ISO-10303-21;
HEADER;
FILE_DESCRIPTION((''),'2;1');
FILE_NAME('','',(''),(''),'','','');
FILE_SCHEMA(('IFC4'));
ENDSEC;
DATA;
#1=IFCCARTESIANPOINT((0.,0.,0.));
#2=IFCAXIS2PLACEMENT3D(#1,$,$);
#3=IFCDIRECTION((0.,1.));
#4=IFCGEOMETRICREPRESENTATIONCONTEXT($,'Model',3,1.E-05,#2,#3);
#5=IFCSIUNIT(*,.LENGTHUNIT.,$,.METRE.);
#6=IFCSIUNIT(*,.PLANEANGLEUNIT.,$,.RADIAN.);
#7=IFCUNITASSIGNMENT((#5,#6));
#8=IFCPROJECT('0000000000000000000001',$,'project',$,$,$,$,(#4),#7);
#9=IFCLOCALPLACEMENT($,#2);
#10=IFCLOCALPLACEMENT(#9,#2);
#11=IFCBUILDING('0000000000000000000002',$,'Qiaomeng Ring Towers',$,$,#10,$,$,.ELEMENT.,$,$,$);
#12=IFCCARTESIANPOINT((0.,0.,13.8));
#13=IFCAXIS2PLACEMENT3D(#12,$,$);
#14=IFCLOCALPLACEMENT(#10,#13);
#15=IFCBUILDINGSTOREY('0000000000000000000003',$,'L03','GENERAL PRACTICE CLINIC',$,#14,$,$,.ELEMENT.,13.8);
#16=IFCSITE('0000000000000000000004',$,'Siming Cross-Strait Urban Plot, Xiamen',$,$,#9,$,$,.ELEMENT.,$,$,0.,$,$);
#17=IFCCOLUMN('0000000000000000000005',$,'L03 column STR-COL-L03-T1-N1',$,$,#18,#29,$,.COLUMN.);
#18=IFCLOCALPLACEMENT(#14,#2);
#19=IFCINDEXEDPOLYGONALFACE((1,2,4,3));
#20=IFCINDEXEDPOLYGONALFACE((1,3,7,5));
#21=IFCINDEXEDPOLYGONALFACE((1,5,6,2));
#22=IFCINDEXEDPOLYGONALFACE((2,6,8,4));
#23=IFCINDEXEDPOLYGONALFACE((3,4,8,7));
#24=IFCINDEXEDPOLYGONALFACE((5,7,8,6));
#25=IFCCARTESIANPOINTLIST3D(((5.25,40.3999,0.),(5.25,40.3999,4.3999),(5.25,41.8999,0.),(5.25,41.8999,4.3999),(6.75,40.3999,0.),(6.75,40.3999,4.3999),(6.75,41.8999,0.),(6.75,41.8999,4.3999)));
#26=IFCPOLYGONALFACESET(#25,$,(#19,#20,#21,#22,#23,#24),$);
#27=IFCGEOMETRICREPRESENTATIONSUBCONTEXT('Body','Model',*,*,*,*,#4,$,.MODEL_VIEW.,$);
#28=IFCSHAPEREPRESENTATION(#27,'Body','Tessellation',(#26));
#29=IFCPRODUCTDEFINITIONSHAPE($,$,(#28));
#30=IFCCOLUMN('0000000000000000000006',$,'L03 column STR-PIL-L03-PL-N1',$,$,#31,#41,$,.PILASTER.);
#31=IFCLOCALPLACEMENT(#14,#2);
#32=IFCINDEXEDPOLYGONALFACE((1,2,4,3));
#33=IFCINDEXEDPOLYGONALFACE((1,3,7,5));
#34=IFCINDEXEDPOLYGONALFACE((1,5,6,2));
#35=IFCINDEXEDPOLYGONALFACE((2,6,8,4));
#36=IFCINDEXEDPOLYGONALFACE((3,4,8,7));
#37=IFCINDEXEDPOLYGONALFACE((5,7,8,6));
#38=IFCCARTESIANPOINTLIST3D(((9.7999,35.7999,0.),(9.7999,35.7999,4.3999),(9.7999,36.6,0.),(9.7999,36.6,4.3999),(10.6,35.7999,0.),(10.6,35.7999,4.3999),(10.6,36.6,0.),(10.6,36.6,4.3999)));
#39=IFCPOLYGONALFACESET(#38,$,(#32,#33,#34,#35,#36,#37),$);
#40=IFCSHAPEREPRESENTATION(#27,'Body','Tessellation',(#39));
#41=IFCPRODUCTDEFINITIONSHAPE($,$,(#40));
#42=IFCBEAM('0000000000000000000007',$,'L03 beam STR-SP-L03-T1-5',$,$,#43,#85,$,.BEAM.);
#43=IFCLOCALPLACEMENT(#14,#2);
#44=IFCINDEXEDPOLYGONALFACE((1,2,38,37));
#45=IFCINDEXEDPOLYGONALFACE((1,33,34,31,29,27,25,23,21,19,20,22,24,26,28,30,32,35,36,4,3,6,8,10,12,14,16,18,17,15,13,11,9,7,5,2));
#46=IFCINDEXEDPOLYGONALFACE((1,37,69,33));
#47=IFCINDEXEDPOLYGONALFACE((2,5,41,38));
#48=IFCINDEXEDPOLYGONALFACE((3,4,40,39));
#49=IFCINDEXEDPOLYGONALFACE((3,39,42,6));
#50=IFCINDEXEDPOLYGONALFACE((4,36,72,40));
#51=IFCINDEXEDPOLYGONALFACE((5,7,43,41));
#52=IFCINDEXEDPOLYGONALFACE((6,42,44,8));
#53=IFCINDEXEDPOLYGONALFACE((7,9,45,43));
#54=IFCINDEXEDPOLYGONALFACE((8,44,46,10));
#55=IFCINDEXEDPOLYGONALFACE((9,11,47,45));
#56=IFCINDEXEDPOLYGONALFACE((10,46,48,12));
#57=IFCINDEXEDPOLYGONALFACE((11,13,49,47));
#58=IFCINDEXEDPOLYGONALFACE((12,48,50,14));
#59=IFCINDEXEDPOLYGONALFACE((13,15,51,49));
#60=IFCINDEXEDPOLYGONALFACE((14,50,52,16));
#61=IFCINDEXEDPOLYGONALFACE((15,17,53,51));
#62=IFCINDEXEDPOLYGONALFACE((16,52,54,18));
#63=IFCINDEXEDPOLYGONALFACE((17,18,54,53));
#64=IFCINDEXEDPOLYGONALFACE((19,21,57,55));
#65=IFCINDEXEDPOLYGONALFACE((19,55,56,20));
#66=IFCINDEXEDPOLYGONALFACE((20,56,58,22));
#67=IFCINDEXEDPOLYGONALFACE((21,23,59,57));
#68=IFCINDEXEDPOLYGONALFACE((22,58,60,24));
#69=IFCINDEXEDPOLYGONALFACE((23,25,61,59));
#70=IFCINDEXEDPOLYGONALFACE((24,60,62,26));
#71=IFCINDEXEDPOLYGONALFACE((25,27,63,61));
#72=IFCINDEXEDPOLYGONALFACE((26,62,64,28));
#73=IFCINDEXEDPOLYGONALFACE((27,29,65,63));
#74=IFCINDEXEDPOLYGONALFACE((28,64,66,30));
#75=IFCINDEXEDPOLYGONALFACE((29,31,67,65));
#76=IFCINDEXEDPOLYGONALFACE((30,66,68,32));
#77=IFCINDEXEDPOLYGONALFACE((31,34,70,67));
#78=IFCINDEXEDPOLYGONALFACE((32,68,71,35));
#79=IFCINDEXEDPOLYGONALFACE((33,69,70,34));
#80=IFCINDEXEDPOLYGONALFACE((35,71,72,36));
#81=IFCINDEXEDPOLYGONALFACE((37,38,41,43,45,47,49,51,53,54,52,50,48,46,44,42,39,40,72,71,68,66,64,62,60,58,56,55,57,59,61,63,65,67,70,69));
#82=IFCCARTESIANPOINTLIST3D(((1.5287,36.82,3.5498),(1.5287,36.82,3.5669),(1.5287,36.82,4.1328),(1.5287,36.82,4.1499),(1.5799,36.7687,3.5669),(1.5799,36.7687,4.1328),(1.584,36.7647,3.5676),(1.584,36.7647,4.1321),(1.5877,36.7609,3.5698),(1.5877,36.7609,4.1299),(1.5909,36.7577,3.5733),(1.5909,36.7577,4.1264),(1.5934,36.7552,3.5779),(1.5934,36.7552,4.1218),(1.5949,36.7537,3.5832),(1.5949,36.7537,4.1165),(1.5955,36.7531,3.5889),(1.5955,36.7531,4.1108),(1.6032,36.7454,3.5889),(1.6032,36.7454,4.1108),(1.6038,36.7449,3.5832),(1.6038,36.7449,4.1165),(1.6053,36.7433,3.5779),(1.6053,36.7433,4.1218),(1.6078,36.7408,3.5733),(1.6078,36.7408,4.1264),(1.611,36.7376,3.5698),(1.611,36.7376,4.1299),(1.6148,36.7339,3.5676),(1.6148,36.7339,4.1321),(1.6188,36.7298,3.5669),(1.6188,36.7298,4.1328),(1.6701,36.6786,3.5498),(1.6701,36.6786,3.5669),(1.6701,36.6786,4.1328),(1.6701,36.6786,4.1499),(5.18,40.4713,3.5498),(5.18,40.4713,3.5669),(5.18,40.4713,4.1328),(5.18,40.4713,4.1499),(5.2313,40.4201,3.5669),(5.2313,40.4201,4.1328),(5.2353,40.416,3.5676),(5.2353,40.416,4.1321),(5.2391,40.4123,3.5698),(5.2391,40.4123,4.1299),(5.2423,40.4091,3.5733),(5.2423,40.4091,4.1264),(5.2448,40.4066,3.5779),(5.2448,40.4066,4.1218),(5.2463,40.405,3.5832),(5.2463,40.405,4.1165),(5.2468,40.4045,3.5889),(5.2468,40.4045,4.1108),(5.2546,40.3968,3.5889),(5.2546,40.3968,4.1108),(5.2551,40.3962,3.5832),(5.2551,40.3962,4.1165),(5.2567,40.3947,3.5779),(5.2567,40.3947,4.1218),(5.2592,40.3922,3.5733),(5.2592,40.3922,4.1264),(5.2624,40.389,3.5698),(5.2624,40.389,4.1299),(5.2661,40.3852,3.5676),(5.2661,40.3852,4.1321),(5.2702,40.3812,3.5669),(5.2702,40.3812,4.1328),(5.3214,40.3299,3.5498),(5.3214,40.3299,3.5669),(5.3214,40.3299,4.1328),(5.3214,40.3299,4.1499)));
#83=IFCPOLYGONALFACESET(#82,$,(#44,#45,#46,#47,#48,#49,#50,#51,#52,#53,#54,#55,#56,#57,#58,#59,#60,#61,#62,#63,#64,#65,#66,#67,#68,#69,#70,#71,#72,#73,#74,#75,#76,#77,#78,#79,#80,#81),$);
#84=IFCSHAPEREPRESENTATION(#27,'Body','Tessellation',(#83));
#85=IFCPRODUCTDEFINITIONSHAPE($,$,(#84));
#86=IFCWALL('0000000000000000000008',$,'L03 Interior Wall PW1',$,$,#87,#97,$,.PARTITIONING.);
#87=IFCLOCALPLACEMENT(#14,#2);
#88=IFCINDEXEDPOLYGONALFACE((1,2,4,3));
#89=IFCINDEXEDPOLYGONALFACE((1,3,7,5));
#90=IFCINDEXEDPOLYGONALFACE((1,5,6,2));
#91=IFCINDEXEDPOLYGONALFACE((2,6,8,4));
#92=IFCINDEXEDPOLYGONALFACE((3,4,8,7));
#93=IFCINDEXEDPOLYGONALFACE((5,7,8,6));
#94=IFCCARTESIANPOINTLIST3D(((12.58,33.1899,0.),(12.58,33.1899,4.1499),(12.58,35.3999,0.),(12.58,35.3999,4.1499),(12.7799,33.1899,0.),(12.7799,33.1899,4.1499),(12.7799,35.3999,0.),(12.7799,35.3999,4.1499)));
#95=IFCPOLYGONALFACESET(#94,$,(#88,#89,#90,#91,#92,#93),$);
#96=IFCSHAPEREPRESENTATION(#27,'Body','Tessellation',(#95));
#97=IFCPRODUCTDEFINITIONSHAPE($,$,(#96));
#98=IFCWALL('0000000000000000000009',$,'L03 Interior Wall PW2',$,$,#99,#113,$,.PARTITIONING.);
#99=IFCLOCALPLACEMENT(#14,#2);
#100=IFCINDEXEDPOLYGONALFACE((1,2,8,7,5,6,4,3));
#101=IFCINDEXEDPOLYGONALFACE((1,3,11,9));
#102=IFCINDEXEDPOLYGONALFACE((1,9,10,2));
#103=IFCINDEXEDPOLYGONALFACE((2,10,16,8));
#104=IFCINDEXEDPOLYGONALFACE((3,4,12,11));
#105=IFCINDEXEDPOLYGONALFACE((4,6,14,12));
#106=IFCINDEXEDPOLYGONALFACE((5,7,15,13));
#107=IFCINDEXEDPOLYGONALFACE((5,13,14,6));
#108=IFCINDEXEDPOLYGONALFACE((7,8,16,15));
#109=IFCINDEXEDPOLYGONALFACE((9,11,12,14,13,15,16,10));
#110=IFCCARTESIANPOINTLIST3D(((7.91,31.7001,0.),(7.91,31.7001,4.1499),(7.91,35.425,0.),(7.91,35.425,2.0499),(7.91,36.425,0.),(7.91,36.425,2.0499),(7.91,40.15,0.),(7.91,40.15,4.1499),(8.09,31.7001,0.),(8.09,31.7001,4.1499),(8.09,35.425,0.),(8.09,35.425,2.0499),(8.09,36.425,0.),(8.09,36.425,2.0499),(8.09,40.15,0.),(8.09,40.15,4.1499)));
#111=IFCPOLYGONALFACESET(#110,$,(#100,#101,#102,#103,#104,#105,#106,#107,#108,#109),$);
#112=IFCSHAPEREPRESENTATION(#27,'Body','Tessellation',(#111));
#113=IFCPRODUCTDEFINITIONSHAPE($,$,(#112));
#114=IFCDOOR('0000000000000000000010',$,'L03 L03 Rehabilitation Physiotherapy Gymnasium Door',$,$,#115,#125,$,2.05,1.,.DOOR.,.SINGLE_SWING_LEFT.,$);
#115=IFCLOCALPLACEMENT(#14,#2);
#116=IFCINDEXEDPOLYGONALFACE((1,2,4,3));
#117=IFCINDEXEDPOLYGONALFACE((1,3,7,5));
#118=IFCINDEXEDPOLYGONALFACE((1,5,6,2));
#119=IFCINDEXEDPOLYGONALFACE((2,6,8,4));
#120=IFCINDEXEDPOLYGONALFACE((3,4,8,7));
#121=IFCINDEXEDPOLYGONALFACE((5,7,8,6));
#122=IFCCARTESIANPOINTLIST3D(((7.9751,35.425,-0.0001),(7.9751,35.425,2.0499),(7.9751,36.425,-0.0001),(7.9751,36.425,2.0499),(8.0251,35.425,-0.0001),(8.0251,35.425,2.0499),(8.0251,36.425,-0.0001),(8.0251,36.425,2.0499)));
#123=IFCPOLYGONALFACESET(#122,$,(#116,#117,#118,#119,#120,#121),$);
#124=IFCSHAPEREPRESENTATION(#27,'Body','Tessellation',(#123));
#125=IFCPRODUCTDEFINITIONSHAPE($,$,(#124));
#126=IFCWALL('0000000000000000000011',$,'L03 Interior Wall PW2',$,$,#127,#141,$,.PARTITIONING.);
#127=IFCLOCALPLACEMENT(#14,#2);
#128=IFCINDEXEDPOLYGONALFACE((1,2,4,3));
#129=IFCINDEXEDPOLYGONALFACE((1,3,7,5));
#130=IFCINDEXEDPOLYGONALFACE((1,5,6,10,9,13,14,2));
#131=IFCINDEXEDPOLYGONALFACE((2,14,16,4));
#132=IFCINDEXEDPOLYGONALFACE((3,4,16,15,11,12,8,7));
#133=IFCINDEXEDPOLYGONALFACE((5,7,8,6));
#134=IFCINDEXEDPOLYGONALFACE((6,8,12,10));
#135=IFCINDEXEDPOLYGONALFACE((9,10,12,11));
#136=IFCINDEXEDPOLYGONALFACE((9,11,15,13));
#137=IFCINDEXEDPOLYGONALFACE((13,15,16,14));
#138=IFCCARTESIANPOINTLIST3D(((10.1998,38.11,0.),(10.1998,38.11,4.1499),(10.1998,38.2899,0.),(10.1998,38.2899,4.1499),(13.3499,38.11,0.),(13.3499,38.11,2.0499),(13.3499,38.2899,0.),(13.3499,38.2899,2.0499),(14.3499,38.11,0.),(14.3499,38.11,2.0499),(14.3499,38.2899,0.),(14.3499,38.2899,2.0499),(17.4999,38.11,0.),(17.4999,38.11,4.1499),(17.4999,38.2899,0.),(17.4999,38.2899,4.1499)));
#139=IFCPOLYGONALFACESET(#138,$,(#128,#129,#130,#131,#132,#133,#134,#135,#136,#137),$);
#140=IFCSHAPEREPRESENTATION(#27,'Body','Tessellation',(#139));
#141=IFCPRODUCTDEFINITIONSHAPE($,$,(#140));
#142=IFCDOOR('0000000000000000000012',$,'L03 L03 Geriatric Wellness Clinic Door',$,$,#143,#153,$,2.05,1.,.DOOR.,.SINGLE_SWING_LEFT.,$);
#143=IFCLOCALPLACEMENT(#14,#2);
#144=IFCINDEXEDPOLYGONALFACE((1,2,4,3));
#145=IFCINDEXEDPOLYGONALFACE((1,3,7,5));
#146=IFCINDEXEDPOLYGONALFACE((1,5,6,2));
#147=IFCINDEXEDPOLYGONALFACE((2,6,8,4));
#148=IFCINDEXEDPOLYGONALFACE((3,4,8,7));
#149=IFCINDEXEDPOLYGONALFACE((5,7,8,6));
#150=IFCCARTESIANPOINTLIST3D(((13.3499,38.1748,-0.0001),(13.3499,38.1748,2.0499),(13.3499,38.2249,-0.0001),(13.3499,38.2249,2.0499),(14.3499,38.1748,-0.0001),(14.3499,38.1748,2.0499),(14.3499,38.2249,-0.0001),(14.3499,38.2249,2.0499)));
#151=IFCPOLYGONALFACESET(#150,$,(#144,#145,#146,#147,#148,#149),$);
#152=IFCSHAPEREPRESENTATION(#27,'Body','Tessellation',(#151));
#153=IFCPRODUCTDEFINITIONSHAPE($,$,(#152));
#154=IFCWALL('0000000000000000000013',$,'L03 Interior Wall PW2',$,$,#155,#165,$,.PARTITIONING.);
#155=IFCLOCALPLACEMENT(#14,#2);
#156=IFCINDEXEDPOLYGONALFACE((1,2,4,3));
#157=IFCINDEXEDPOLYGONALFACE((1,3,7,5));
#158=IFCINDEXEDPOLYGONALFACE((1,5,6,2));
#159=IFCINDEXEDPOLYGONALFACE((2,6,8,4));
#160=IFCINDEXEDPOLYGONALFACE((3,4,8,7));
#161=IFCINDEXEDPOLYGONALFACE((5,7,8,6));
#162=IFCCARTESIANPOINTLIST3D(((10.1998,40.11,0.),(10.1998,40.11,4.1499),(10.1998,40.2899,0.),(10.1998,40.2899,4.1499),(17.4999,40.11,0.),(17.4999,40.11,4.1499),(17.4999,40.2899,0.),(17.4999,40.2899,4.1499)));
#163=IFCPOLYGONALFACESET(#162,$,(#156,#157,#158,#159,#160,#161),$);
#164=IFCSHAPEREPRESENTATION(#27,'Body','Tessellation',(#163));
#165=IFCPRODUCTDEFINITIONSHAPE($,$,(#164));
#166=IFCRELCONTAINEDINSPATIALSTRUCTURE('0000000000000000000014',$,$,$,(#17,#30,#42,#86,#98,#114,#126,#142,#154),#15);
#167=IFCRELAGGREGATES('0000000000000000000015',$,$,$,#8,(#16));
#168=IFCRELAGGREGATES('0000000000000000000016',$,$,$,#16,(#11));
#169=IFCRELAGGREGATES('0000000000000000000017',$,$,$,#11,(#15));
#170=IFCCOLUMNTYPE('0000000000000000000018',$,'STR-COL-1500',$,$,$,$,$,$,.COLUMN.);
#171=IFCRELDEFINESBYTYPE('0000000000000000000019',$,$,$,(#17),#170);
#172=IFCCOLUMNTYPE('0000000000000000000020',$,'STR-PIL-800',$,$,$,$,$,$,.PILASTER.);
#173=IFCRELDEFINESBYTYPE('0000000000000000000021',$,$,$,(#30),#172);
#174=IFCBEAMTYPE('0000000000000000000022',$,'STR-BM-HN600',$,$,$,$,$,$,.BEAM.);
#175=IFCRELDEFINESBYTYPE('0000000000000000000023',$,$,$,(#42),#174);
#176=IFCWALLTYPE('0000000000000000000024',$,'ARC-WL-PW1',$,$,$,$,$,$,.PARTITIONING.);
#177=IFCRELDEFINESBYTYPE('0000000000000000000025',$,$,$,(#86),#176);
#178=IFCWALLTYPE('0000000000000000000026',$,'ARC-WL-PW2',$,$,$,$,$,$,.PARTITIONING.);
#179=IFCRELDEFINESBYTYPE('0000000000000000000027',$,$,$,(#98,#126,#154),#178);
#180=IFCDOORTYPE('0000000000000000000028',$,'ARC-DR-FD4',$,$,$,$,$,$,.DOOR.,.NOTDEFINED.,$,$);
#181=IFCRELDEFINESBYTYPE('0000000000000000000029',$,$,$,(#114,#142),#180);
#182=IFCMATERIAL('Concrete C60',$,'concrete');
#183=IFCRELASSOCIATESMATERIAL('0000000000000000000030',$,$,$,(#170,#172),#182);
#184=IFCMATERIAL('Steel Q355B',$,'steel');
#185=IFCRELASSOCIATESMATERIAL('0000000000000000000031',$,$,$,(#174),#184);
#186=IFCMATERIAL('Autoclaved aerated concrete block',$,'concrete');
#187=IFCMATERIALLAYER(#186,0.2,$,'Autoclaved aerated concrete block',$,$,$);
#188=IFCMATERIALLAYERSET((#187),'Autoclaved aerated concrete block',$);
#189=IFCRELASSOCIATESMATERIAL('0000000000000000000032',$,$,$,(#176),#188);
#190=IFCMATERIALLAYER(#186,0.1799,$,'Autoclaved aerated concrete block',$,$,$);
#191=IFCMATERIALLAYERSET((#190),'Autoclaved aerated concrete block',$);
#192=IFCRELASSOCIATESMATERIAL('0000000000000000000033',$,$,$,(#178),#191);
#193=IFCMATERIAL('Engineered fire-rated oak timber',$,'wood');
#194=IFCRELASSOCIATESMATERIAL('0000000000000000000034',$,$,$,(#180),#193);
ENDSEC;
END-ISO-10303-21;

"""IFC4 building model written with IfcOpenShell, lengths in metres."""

from ifc_helpers import new_model, si_unit, direction, frame, frame_2d, origin, origin_2d, place, context, subcontext, project, spatial, rectangle, i_section, extrude, source, transform, mapped, material, layer, layer_set, material_profile, profile_set, type_object, element, fill, save


model = new_model("IFC4")

# Units and contexts
model_context = context("Model", 3, precision=1e-05, world=origin(), true_north=direction((0.0, 1.0)))
body_context = subcontext(model_context, "Body", "Model", "MODEL_VIEW")
ifc_project = project(units=[si_unit("LENGTHUNIT", "METRE"), si_unit("PLANEANGLEUNIT", "RADIAN")], contexts=[model_context])

# Site, building, storey
site_placement = place(None, origin())
site = spatial("IfcSite", under=ifc_project, at=site_placement, Name="Siming Cross-Strait Urban Plot, Xiamen", CompositionType="ELEMENT", RefElevation=0.0)
building_placement = place(site_placement, origin())
building = spatial("IfcBuilding", under=site, at=building_placement, Name="Qiaomeng Ring Towers", CompositionType="ELEMENT")
storey_placement = place(building_placement, frame((0.0, 0.0, 13.8)))
storey = spatial("IfcBuildingStorey", under=building, at=storey_placement, Name="L03", Description="GENERAL PRACTICE CLINIC", CompositionType="ELEMENT", Elevation=13.8)

# Columns
ifc_material_1 = material(Name="Concrete C60", Category="concrete")
ifc_material_profile_1 = material_profile(ifc_material_1, rectangle(XDim=1.5, YDim=1.5, at=origin_2d()), Name="RC COL 1500x1500")
ifc_profile_set_1 = profile_set([ifc_material_profile_1], Name="Concrete C60")
column_type_1 = type_object("IfcColumnType", Name="STR-COL-1500", PredefinedType="COLUMN", material=ifc_profile_set_1)
shared_shape_1 = source(origin(), body_context, "Body", "SweptSolid", [
    extrude(rectangle(XDim=1.5, YDim=1.5, at=origin_2d()), origin(), (0.0, 0.0, 1.0), 4.3999),
])
column_1_placement = place(storey_placement, frame((6.0, 41.1499, 0.0), z_axis=(0.0, 0.0, 1.0), x_axis=(1.0, 0.0, 0.0)))
element("IfcColumn", 1, at=column_1_placement, inside=storey, type_object=column_type_1, Name="L03 column STR-COL-L03-T1-N1", PredefinedType="COLUMN", context=body_context, shape_type="MappedRepresentation", body=[
    mapped(shared_shape_1, transform((0.0, 0.0, 0.0), x_axis=(1.0, 0.0, 0.0), y_axis=(0.0, 1.0, 0.0), z_axis=(0.0, 0.0, 1.0), scale=1.0)),
])
ifc_material_profile_2 = material_profile(ifc_material_1, rectangle(XDim=0.8, YDim=0.8, at=origin_2d()), Name="RC COL 800x800")
ifc_profile_set_2 = profile_set([ifc_material_profile_2], Name="Concrete C60")
column_type_2 = type_object("IfcColumnType", Name="STR-PIL-800", PredefinedType="PILASTER", material=ifc_profile_set_2)
shared_shape_2 = source(origin(), body_context, "Body", "SweptSolid", [
    extrude(rectangle(XDim=0.8, YDim=0.8, at=origin_2d()), origin(), (0.0, 0.0, 1.0), 4.3999),
])
column_2_placement = place(storey_placement, frame((10.2, 36.2, 0.0), z_axis=(0.0, 0.0, 1.0), x_axis=(1.0, 0.0, 0.0)))
element("IfcColumn", 2, at=column_2_placement, inside=storey, type_object=column_type_2, Name="L03 column STR-PIL-L03-PL-N1", PredefinedType="PILASTER", context=body_context, shape_type="MappedRepresentation", body=[
    mapped(shared_shape_2, transform((0.0, 0.0, 0.0), x_axis=(1.0, 0.0, 0.0), y_axis=(0.0, 1.0, 0.0), z_axis=(0.0, 0.0, 1.0), scale=1.0)),
])

# Beam
ifc_material_2 = material(Name="Steel Q355B", Category="steel")
ifc_material_profile_3 = material_profile(ifc_material_2, i_section(OverallWidth=0.2, OverallDepth=0.6001, WebThickness=0.011, FlangeThickness=0.0171, FilletRadius=0.022, at=origin_2d()), Name="HN 600x200x11x17")
ifc_profile_set_3 = profile_set([ifc_material_profile_3], Name="Steel Q355B")
beam_type = type_object("IfcBeamType", Name="STR-BM-HN600", PredefinedType="BEAM", material=ifc_profile_set_3)
shared_shape_3 = source(origin(), body_context, "Body", "SweptSolid", [
    extrude(i_section(OverallWidth=0.2, OverallDepth=0.6001, WebThickness=0.011, FlangeThickness=0.0171, FilletRadius=0.022, at=origin_2d()), origin(), (0.0, 0.0, 1.0), 5.1638),
])
beam_placement = place(storey_placement, frame((5.2507, 40.4006, 3.8499), z_axis=(-0.707107, -0.707107, 0.0), x_axis=(0.707107, -0.707107, 0.0)))
element("IfcBeam", 3, at=beam_placement, inside=storey, type_object=beam_type, Name="L03 beam STR-SP-L03-T1-5", PredefinedType="BEAM", context=body_context, shape_type="MappedRepresentation", body=[
    mapped(shared_shape_3, transform((0.0, 0.0, 0.0), x_axis=(1.0, 0.0, 0.0), y_axis=(0.0, 1.0, 0.0), z_axis=(0.0, 0.0, 1.0), scale=1.0)),
])

# Wall
ifc_material_3 = material(Name="Autoclaved aerated concrete block", Category="concrete")
ifc_layer_1 = layer(ifc_material_3, 0.2, Name="Autoclaved aerated concrete block")
ifc_layer_set_1 = layer_set([ifc_layer_1], Name="Autoclaved aerated concrete block")
wall_type_1 = type_object("IfcWallType", Name="ARC-WL-PW1", PredefinedType="PARTITIONING", material=ifc_layer_set_1)
wall_1_placement = place(storey_placement, frame((12.6799, 33.1899, 0.0), z_axis=(0.0, 0.0, 1.0), x_axis=(0.0, 1.0, 0.0)))
element("IfcWall", 4, at=wall_1_placement, inside=storey, type_object=wall_type_1, Name="L03 Interior Wall PW1", PredefinedType="PARTITIONING", context=body_context, shape_type="SweptSolid", body=[
    extrude(rectangle(XDim=2.21, YDim=0.2, at=frame_2d((1.105, 0.0))), origin(), (0.0, 0.0, 1.0), 4.1499),
])

# Walls, openings, doors
ifc_layer_2 = layer(ifc_material_3, 0.1799, Name="Autoclaved aerated concrete block")
ifc_layer_set_2 = layer_set([ifc_layer_2], Name="Autoclaved aerated concrete block")
wall_type_2 = type_object("IfcWallType", Name="ARC-WL-PW2", PredefinedType="PARTITIONING", material=ifc_layer_set_2)
wall_2_placement = place(storey_placement, frame((8.0, 31.7, 0.0), z_axis=(0.0, 0.0, 1.0), x_axis=(0.0, 1.0, 0.0)))
wall_2 = element("IfcWall", 5, at=wall_2_placement, inside=storey, type_object=wall_type_2, Name="L03 Interior Wall PW2", PredefinedType="PARTITIONING", context=body_context, shape_type="SweptSolid", body=[
    extrude(rectangle(XDim=8.45, YDim=0.1799, at=frame_2d((4.2251, 0.0))), origin(), (0.0, 0.0, 1.0), 4.1499),
])
opening_1_placement = place(wall_2_placement, frame((3.7251, 0.0, 0.0)))
opening_1 = element("IfcOpeningElement", 6, at=opening_1_placement, cuts=wall_2, PredefinedType="OPENING", context=body_context, shape_type="SweptSolid", body=[
    extrude(rectangle(XDim=1.0, YDim=2.05, at=frame_2d((0.5, 1.0249))), frame((0.0, 0.0999, 0.0), z_axis=(0.0, -1.0, 0.0), x_axis=(1.0, 0.0, 0.0)), (0.0, 0.0, 1.0), 0.2),
])
ifc_material_4 = material(Name="Engineered fire-rated oak timber", Category="wood")
door_type_1 = type_object("IfcDoorType", Name="ARC-DR-FD4", OperationType="NOTDEFINED", PredefinedType="DOOR", material=ifc_material_4)
shared_shape_4 = source(origin(), body_context, "Body", "SweptSolid", [
    extrude(rectangle(XDim=1.0, YDim=2.05, at=frame_2d((0.5, 1.0249))), frame((0.0, 0.0249, 0.0), z_axis=(0.0, -1.0, 0.0), x_axis=(1.0, 0.0, 0.0)), (0.0, 0.0, 1.0), 0.05),
])
door_1_placement = place(opening_1_placement, origin())
door_1 = element("IfcDoor", 7, at=door_1_placement, inside=storey, type_object=door_type_1, Name="L03 L03 Rehabilitation Physiotherapy Gymnasium Door", OperationType="SINGLE_SWING_LEFT", OverallHeight=2.05, OverallWidth=1.0, PredefinedType="DOOR", context=body_context, shape_type="MappedRepresentation", body=[
    mapped(shared_shape_4, transform((0.0, 0.0, 0.0), x_axis=(1.0, 0.0, 0.0), y_axis=(0.0, 1.0, 0.0), z_axis=(0.0, 0.0, 1.0), scale=1.0)),
])
fill(opening_1, door_1)
wall_3_placement = place(storey_placement, frame((10.2, 38.2, 0.0), z_axis=(0.0, 0.0, 1.0), x_axis=(1.0, 0.0, 0.0)))
wall_3 = element("IfcWall", 8, at=wall_3_placement, inside=storey, type_object=wall_type_2, Name="L03 Interior Wall PW2", PredefinedType="PARTITIONING", context=body_context, shape_type="SweptSolid", body=[
    extrude(rectangle(XDim=7.3, YDim=0.1799, at=frame_2d((3.6499, 0.0))), origin(), (0.0, 0.0, 1.0), 4.1499),
])
opening_2_placement = place(wall_3_placement, frame((3.1499, 0.0, 0.0)))
opening_2 = element("IfcOpeningElement", 9, at=opening_2_placement, cuts=wall_3, PredefinedType="OPENING", context=body_context, shape_type="SweptSolid", body=[
    extrude(rectangle(XDim=1.0, YDim=2.05, at=frame_2d((0.5, 1.0249))), frame((0.0, 0.0999, 0.0), z_axis=(0.0, -1.0, 0.0), x_axis=(1.0, 0.0, 0.0)), (0.0, 0.0, 1.0), 0.2),
])
door_2_placement = place(opening_2_placement, origin())
door_2 = element("IfcDoor", 10, at=door_2_placement, inside=storey, type_object=door_type_1, Name="L03 L03 Geriatric Wellness Clinic Door", OperationType="SINGLE_SWING_LEFT", OverallHeight=2.05, OverallWidth=1.0, PredefinedType="DOOR", context=body_context, shape_type="MappedRepresentation", body=[
    mapped(shared_shape_4, transform((0.0, 0.0, 0.0), x_axis=(1.0, 0.0, 0.0), y_axis=(0.0, 1.0, 0.0), z_axis=(0.0, 0.0, 1.0), scale=1.0)),
])
fill(opening_2, door_2)

# Wall
wall_4_placement = place(storey_placement, frame((10.2, 40.2, 0.0), z_axis=(0.0, 0.0, 1.0), x_axis=(1.0, 0.0, 0.0)))
element("IfcWall", 11, at=wall_4_placement, inside=storey, type_object=wall_type_2, Name="L03 Interior Wall PW2", PredefinedType="PARTITIONING", context=body_context, shape_type="SweptSolid", body=[
    extrude(rectangle(XDim=7.3, YDim=0.1799, at=frame_2d((3.6499, 0.0))), origin(), (0.0, 0.0, 1.0), 4.1499),
])

save(model, "model.ifc")
